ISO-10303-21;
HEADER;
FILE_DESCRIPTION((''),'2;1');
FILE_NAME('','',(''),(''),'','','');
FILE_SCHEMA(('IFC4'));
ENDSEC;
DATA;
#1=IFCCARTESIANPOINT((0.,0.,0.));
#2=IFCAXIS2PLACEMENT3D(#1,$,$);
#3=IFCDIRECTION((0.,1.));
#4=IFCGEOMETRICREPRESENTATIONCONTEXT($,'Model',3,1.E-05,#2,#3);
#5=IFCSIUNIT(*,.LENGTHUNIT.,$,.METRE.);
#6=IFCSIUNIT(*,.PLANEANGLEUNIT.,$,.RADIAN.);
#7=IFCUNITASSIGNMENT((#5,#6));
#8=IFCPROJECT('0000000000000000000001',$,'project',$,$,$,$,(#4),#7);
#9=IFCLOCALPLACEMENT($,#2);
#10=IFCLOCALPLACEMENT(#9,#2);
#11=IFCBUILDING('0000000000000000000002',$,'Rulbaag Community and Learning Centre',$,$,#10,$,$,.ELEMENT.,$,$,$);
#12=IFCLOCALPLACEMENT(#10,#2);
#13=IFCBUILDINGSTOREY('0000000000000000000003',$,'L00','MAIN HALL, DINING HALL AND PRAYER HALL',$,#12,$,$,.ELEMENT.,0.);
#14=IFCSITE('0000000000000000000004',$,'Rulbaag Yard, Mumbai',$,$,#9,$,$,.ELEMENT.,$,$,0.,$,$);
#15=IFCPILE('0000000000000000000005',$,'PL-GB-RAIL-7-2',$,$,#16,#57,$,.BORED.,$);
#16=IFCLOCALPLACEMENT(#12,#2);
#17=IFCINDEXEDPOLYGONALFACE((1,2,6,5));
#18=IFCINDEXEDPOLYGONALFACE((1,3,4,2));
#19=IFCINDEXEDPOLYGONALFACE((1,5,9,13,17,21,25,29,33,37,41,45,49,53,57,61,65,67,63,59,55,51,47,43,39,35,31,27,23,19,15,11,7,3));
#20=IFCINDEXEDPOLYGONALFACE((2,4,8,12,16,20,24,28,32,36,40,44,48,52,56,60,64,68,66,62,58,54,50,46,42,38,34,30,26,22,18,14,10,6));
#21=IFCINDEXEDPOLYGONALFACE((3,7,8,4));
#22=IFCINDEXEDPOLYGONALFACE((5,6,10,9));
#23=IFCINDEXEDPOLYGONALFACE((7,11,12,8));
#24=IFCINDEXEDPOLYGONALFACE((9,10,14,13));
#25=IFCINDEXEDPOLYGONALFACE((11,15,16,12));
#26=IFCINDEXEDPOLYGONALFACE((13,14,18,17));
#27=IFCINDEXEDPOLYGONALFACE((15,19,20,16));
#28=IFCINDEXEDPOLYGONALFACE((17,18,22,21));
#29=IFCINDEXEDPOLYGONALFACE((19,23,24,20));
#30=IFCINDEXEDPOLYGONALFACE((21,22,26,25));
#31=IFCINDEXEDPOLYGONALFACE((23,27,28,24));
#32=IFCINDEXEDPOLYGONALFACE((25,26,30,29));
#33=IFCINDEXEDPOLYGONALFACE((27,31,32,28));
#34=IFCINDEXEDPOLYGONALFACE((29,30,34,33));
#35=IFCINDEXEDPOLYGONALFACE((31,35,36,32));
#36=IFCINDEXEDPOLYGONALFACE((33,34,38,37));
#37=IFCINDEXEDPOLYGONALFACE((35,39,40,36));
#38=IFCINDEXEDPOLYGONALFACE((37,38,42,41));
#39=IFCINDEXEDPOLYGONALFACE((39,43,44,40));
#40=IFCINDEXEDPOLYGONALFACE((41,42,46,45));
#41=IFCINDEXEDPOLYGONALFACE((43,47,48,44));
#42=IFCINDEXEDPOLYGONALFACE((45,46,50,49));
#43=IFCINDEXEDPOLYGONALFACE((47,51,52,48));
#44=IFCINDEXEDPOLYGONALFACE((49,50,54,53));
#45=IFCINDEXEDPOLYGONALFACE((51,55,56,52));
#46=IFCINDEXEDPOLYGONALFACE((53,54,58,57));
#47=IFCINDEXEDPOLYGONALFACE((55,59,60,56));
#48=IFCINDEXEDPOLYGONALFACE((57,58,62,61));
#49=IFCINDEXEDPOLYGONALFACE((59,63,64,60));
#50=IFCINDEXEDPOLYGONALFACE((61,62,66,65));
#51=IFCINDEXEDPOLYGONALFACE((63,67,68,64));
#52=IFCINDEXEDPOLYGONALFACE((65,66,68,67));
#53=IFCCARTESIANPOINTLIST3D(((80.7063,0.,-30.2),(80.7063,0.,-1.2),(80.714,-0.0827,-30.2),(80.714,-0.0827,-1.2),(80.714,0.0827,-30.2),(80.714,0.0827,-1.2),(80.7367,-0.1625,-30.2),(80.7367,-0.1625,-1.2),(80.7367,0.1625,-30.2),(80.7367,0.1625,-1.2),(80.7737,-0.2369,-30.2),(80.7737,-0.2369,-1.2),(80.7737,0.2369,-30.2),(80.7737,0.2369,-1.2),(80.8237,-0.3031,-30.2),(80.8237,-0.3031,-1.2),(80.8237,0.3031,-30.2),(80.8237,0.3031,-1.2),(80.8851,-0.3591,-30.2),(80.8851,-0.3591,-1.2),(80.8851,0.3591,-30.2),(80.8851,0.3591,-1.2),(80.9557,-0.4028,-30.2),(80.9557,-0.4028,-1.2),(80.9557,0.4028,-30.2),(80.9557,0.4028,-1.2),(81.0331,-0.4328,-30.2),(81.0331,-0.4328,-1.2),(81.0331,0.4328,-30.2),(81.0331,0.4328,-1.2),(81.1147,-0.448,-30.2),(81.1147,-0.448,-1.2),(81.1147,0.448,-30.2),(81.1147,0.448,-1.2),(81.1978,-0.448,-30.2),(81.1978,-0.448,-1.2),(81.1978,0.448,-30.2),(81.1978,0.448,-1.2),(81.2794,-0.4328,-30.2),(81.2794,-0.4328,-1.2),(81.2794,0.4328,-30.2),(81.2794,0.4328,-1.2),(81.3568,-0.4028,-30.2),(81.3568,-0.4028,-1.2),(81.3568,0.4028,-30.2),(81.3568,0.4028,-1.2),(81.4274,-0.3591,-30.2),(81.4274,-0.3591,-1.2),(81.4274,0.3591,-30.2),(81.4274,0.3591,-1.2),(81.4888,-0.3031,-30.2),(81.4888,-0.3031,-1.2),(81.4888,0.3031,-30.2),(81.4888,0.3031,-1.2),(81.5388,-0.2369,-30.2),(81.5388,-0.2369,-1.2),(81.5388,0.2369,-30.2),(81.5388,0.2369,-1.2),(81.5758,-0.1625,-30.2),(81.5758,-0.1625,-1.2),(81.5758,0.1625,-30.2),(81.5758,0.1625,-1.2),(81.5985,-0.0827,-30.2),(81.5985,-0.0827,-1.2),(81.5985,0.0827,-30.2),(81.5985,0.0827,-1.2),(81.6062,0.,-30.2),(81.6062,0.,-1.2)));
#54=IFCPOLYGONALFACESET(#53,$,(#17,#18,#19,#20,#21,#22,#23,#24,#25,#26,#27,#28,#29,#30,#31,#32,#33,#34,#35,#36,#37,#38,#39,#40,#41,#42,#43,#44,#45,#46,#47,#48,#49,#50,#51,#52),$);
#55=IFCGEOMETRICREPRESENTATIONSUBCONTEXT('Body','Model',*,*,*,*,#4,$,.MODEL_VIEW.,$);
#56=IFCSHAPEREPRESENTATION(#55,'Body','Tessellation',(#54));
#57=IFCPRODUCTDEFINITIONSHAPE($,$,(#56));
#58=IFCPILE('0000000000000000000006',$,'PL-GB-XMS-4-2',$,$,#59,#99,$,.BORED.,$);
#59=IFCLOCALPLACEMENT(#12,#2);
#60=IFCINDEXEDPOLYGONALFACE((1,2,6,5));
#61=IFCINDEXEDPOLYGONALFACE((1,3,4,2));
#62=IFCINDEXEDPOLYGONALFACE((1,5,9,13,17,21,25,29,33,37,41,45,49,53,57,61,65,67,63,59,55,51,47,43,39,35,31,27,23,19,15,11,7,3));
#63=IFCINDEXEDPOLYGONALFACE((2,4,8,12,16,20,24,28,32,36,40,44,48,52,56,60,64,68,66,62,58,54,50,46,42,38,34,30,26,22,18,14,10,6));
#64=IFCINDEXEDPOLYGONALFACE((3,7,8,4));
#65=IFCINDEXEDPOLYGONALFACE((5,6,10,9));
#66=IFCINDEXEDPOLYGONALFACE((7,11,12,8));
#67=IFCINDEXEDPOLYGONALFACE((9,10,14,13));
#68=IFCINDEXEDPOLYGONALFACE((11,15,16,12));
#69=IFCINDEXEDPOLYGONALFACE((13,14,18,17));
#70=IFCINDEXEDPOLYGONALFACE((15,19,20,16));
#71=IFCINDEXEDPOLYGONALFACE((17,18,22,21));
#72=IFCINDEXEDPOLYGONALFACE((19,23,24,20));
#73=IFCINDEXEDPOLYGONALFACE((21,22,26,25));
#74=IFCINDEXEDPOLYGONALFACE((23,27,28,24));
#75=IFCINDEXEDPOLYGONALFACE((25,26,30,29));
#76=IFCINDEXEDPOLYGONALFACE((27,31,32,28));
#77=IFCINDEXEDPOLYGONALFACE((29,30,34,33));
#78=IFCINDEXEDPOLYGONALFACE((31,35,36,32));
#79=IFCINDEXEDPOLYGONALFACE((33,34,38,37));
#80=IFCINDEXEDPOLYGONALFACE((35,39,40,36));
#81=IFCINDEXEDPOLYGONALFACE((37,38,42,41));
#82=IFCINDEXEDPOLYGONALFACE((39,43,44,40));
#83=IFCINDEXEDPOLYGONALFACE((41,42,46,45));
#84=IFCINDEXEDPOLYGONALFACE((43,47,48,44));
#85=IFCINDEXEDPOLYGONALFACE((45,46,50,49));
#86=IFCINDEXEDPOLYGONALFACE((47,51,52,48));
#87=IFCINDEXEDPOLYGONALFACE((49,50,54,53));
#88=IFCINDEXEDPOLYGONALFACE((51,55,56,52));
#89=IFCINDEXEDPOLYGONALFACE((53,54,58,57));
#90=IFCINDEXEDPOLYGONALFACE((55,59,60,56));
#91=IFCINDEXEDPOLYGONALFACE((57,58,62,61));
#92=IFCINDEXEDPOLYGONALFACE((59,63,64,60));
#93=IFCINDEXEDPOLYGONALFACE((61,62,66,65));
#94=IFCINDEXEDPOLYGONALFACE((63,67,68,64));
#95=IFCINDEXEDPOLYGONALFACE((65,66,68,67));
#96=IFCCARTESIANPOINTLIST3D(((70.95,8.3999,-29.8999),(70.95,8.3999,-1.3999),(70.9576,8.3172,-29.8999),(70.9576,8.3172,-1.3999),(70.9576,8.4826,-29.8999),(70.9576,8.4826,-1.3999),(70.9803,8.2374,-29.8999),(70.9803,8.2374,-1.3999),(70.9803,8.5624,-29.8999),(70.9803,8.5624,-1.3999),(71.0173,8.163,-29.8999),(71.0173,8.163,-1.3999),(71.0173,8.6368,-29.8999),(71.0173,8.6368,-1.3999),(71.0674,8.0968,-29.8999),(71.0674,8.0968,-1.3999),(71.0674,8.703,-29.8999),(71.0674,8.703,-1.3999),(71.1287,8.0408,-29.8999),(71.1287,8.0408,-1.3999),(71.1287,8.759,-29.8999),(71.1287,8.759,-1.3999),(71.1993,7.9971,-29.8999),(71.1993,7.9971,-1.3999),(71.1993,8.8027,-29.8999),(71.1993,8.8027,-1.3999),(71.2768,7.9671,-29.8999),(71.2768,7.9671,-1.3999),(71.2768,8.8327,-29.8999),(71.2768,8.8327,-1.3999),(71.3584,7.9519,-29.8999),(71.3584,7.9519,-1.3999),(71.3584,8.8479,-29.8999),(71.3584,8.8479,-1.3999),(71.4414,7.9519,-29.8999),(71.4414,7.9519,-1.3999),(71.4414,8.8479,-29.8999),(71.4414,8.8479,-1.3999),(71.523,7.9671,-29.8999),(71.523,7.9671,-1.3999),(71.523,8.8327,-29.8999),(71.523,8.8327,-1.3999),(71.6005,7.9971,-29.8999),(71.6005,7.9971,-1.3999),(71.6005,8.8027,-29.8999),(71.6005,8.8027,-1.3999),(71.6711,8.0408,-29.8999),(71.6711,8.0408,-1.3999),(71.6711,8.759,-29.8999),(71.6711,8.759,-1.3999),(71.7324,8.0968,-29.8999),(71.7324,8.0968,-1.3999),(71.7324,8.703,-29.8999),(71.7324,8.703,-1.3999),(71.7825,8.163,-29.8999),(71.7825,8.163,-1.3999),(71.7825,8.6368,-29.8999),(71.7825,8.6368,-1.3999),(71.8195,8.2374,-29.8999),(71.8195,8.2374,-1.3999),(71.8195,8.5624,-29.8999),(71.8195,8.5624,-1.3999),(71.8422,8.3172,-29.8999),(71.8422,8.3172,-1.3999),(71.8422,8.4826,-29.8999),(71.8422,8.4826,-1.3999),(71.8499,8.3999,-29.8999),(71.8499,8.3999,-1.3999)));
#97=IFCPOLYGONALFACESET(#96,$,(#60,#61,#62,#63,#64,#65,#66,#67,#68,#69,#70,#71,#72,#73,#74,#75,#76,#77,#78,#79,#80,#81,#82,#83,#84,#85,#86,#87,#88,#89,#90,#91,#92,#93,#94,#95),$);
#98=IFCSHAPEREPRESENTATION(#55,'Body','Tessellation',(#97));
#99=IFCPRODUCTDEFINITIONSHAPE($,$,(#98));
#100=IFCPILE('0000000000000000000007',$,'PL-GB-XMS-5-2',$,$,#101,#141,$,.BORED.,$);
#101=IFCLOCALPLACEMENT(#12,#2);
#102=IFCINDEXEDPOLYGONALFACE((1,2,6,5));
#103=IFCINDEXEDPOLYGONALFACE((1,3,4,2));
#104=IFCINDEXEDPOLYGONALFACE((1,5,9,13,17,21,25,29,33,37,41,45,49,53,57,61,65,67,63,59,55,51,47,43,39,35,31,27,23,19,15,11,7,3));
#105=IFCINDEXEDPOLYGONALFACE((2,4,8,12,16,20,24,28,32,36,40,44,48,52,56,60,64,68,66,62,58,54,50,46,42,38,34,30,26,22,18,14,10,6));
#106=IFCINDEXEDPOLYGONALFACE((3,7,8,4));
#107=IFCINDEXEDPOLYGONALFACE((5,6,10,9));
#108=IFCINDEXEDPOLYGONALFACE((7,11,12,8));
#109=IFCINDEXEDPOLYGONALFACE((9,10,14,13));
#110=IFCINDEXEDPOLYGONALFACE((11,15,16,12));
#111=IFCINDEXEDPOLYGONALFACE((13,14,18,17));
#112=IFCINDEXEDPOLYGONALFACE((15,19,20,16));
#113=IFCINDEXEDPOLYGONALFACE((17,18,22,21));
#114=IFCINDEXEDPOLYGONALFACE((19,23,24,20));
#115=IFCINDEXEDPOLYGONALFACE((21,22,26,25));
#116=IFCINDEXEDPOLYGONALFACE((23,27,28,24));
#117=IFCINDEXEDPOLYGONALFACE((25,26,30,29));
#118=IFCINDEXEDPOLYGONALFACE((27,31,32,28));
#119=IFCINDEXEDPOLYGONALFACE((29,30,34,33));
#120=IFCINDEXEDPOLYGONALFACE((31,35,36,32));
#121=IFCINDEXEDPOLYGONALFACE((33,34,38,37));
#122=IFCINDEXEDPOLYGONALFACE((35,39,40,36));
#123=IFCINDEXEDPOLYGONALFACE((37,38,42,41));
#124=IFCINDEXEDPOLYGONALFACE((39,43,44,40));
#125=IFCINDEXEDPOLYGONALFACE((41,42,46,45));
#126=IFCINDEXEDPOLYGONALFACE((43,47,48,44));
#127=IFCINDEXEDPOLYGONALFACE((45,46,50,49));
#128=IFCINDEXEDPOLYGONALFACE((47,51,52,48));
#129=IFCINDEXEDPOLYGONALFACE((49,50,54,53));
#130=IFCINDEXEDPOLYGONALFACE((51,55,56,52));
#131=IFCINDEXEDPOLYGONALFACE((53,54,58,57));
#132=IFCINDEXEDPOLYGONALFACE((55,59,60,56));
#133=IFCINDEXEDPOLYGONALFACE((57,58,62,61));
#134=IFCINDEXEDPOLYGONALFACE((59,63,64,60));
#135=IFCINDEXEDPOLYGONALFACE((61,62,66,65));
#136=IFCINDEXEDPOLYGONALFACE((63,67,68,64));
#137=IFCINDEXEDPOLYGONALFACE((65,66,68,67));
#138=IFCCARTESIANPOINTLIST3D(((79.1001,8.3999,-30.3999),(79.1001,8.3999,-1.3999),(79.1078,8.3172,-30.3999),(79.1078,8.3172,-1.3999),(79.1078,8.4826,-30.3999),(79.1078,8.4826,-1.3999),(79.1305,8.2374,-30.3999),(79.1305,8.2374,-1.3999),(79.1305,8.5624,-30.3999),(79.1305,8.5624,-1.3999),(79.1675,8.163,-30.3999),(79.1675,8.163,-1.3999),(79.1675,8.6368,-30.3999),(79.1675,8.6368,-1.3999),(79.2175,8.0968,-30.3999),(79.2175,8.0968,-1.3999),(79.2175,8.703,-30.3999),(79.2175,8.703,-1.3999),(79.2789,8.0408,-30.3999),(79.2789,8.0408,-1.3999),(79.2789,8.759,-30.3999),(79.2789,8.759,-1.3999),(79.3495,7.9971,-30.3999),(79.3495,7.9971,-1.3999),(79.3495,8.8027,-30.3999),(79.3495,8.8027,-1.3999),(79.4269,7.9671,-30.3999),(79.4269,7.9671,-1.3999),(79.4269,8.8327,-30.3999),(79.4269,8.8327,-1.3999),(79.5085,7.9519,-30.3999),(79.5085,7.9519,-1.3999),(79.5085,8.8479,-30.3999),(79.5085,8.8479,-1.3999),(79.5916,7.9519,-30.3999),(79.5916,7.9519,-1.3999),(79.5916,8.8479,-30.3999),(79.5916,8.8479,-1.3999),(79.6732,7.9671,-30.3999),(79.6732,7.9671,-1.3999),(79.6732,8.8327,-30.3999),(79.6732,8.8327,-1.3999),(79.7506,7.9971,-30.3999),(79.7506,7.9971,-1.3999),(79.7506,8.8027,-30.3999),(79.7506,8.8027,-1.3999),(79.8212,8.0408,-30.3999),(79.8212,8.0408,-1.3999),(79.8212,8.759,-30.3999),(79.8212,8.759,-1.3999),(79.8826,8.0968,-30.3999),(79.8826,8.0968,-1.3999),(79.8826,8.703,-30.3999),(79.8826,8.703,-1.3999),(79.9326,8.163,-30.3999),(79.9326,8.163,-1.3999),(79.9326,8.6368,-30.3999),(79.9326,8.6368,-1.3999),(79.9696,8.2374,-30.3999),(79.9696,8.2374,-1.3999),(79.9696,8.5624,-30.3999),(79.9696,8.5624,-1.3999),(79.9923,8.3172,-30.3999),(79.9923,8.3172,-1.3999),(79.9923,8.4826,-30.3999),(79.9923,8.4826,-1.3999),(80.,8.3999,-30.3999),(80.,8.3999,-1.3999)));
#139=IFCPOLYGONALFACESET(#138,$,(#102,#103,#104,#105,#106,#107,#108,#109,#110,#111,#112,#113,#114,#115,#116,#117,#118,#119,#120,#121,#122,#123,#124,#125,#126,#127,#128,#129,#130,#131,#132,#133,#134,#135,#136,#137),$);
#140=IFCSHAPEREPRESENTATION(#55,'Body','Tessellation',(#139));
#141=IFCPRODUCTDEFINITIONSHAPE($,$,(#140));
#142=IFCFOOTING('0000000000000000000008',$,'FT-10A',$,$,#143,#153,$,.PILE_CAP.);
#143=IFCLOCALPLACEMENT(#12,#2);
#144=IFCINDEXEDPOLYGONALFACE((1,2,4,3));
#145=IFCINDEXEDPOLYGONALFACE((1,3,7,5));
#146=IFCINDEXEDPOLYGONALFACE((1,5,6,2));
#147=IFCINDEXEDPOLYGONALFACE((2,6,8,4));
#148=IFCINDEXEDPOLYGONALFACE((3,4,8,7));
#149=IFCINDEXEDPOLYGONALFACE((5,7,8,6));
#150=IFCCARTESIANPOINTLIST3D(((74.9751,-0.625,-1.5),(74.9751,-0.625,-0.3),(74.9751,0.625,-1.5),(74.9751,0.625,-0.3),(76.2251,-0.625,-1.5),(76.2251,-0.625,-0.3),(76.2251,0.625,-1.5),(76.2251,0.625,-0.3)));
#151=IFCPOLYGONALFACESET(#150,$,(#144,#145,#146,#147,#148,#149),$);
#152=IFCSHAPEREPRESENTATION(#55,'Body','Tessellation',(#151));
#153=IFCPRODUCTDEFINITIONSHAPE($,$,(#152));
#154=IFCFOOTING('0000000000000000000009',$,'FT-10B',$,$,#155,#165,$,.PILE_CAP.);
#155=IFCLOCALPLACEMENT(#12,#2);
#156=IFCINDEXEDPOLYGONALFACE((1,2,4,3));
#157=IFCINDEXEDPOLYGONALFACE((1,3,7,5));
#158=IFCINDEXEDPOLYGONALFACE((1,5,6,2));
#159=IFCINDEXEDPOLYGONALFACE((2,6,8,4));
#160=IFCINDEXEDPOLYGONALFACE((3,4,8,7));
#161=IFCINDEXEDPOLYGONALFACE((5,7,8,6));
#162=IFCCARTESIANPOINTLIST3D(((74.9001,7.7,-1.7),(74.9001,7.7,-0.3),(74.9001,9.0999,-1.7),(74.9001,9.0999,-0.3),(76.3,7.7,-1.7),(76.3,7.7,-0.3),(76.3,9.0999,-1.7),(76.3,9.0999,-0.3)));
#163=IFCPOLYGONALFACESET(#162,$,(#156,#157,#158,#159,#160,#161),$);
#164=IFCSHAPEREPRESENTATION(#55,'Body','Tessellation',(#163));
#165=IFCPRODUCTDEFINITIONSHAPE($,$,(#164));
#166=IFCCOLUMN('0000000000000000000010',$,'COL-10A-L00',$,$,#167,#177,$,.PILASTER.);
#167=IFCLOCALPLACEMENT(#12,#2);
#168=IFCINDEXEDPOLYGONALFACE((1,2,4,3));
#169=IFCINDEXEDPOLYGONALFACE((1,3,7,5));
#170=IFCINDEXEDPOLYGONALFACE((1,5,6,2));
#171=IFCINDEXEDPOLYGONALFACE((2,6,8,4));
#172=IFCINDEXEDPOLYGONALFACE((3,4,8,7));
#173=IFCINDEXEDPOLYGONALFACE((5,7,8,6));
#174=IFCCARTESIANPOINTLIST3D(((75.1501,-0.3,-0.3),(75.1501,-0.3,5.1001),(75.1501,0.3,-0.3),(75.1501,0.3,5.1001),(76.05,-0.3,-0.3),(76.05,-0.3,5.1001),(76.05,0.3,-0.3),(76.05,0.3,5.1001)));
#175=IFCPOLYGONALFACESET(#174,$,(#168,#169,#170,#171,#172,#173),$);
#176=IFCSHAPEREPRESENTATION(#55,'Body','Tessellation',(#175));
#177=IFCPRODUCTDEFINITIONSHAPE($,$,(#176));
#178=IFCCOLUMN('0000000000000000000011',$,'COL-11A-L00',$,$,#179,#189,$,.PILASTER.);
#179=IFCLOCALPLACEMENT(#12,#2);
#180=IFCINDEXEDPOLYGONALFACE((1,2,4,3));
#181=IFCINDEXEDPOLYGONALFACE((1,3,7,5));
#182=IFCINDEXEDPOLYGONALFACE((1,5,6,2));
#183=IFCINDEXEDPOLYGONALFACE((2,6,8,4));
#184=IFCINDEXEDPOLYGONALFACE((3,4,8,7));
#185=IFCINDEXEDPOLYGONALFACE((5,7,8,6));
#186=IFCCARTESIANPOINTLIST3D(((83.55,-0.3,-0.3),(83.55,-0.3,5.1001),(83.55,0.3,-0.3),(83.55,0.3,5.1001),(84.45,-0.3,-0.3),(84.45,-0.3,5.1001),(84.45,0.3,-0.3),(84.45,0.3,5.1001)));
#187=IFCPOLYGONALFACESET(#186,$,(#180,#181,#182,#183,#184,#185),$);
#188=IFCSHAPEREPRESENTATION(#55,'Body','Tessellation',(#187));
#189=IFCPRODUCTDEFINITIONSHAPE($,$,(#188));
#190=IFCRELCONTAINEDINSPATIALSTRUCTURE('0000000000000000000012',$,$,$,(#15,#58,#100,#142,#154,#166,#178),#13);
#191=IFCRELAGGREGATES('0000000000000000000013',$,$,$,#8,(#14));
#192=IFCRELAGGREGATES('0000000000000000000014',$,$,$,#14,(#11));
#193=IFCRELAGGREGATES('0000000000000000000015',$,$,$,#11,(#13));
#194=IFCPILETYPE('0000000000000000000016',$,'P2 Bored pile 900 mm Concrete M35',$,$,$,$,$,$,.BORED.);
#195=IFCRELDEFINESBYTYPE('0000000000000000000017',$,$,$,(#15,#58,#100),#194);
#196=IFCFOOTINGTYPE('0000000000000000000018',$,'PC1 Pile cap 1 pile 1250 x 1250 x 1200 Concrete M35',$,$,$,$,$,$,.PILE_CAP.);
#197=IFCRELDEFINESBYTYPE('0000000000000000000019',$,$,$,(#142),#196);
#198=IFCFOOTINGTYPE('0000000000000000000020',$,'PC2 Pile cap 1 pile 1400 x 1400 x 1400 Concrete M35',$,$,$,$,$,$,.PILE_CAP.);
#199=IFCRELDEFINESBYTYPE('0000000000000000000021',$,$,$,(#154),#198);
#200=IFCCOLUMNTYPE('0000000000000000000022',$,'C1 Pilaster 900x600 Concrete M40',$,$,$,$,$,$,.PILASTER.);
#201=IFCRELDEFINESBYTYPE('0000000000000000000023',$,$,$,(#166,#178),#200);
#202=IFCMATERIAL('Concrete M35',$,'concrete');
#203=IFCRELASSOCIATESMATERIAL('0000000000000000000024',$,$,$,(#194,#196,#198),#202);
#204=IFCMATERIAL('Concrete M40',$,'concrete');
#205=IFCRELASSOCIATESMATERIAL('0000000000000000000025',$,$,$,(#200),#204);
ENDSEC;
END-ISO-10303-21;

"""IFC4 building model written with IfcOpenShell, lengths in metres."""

from ifc_helpers import new_model, si_unit, direction, frame, origin, origin_2d, place, context, subcontext, project, spatial, rectangle, circle, extrude, material, material_profile, profile_set, type_object, element, save


model = new_model("IFC4")

# Units and contexts
model_context = context("Model", 3, precision=1e-05, world=origin(), true_north=direction((0.0, 1.0)))
body_context = subcontext(model_context, "Body", "Model", "MODEL_VIEW")
ifc_project = project(units=[si_unit("LENGTHUNIT", "METRE"), si_unit("PLANEANGLEUNIT", "RADIAN")], contexts=[model_context])

# Site, building, storey
site_placement = place(None, origin())
site = spatial("IfcSite", under=ifc_project, at=site_placement, Name="Rulbaag Yard, Mumbai", CompositionType="ELEMENT", RefElevation=0.0)
building_placement = place(site_placement, origin())
building = spatial("IfcBuilding", under=site, at=building_placement, Name="Rulbaag Community and Learning Centre", CompositionType="ELEMENT")
storey_placement = place(building_placement, origin())
storey = spatial("IfcBuildingStorey", under=building, at=storey_placement, Name="L00", Description="MAIN HALL, DINING HALL AND PRAYER HALL", CompositionType="ELEMENT", Elevation=0.0)

# Shared definitions
ifc_material_1 = material(Name="Concrete M35", Category="concrete")

# Piles
ifc_material_profile_1 = material_profile(ifc_material_1, circle(Radius=0.45, at=origin_2d()), Name="BP900")
ifc_profile_set_1 = profile_set([ifc_material_profile_1], Name="Concrete M35")
pile_type_1 = type_object("IfcPileType", Name="P2 Bored pile 900 mm Concrete M35", PredefinedType="BORED", material=ifc_profile_set_1)
pile_1_placement = place(storey_placement, frame((81.1562, 0.0, -1.2), z_axis=(0.0, 0.0, -1.0), x_axis=(1.0, 0.0, 0.0)))
element("IfcPile", 1, at=pile_1_placement, inside=storey, type_object=pile_type_1, Name="PL-GB-RAIL-7-2", PredefinedType="BORED", context=body_context, shape_type="SweptSolid", body=[
    extrude(circle(Radius=0.45, at=origin_2d()), origin(), (0.0, 0.0, 1.0), 29.0),
])
pile_2_placement = place(storey_placement, frame((71.3999, 8.3999, -1.3999), z_axis=(0.0, 0.0, -1.0), x_axis=(1.0, 0.0, 0.0)))
element("IfcPile", 2, at=pile_2_placement, inside=storey, type_object=pile_type_1, Name="PL-GB-XMS-4-2", PredefinedType="BORED", context=body_context, shape_type="SweptSolid", body=[
    extrude(circle(Radius=0.45, at=origin_2d()), origin(), (0.0, 0.0, 1.0), 28.5),
])
pile_3_placement = place(storey_placement, frame((79.55, 8.3999, -1.3999), z_axis=(0.0, 0.0, -1.0), x_axis=(1.0, 0.0, 0.0)))
element("IfcPile", 3, at=pile_3_placement, inside=storey, type_object=pile_type_1, Name="PL-GB-XMS-5-2", PredefinedType="BORED", context=body_context, shape_type="SweptSolid", body=[
    extrude(circle(Radius=0.45, at=origin_2d()), origin(), (0.0, 0.0, 1.0), 29.0),
])

# Footings
footing_type_1 = type_object("IfcFootingType", Name="PC1 Pile cap 1 pile 1250 x 1250 x 1200 Concrete M35", PredefinedType="PILE_CAP", material=ifc_material_1)
footing_1_placement = place(storey_placement, frame((75.6001, 0.0, -1.5), z_axis=(0.0, 0.0, 1.0), x_axis=(1.0, 0.0, 0.0)))
element("IfcFooting", 4, at=footing_1_placement, inside=storey, type_object=footing_type_1, Name="FT-10A", PredefinedType="PILE_CAP", context=body_context, shape_type="SweptSolid", body=[
    extrude(rectangle(XDim=1.25, YDim=1.25, at=origin_2d()), origin(), (0.0, 0.0, 1.0), 1.2),
])
footing_type_2 = type_object("IfcFootingType", Name="PC2 Pile cap 1 pile 1400 x 1400 x 1400 Concrete M35", PredefinedType="PILE_CAP", material=ifc_material_1)
footing_2_placement = place(storey_placement, frame((75.6001, 8.3999, -1.7), z_axis=(0.0, 0.0, 1.0), x_axis=(1.0, 0.0, 0.0)))
element("IfcFooting", 5, at=footing_2_placement, inside=storey, type_object=footing_type_2, Name="FT-10B", PredefinedType="PILE_CAP", context=body_context, shape_type="SweptSolid", body=[
    extrude(rectangle(XDim=1.3999, YDim=1.3999, at=origin_2d()), origin(), (0.0, 0.0, 1.0), 1.3999),
])

# Columns
ifc_material_2 = material(Name="Concrete M40", Category="concrete")
ifc_material_profile_2 = material_profile(ifc_material_2, rectangle(XDim=0.8999, YDim=0.6001, at=origin_2d()), Name="RC900x600")
ifc_profile_set_2 = profile_set([ifc_material_profile_2], Name="Concrete M40")
column_type_1 = type_object("IfcColumnType", Name="C1 Pilaster 900x600 Concrete M40", PredefinedType="PILASTER", material=ifc_profile_set_2)
for number, where, z_axis, x_axis, name in (
    (6, (75.6001, 0.0, -0.3), (0.0, 0.0, 1.0), (1.0, 0.0, 0.0), "COL-10A-L00"),
    (7, (84.0, 0.0, -0.3), (0.0, 0.0, 1.0), (1.0, 0.0, 0.0), "COL-11A-L00"),
):
    element("IfcColumn", number, at=place(storey_placement, frame(where, z_axis=z_axis, x_axis=x_axis)), inside=storey, type_object=column_type_1, Name=name, PredefinedType="PILASTER", context=body_context, shape_type="SweptSolid", body=[
        extrude(rectangle(XDim=0.8999, YDim=0.6001, at=origin_2d()), origin(), (0.0, 0.0, 1.0), 5.4001),
    ])

save(model, "model.ifc")
